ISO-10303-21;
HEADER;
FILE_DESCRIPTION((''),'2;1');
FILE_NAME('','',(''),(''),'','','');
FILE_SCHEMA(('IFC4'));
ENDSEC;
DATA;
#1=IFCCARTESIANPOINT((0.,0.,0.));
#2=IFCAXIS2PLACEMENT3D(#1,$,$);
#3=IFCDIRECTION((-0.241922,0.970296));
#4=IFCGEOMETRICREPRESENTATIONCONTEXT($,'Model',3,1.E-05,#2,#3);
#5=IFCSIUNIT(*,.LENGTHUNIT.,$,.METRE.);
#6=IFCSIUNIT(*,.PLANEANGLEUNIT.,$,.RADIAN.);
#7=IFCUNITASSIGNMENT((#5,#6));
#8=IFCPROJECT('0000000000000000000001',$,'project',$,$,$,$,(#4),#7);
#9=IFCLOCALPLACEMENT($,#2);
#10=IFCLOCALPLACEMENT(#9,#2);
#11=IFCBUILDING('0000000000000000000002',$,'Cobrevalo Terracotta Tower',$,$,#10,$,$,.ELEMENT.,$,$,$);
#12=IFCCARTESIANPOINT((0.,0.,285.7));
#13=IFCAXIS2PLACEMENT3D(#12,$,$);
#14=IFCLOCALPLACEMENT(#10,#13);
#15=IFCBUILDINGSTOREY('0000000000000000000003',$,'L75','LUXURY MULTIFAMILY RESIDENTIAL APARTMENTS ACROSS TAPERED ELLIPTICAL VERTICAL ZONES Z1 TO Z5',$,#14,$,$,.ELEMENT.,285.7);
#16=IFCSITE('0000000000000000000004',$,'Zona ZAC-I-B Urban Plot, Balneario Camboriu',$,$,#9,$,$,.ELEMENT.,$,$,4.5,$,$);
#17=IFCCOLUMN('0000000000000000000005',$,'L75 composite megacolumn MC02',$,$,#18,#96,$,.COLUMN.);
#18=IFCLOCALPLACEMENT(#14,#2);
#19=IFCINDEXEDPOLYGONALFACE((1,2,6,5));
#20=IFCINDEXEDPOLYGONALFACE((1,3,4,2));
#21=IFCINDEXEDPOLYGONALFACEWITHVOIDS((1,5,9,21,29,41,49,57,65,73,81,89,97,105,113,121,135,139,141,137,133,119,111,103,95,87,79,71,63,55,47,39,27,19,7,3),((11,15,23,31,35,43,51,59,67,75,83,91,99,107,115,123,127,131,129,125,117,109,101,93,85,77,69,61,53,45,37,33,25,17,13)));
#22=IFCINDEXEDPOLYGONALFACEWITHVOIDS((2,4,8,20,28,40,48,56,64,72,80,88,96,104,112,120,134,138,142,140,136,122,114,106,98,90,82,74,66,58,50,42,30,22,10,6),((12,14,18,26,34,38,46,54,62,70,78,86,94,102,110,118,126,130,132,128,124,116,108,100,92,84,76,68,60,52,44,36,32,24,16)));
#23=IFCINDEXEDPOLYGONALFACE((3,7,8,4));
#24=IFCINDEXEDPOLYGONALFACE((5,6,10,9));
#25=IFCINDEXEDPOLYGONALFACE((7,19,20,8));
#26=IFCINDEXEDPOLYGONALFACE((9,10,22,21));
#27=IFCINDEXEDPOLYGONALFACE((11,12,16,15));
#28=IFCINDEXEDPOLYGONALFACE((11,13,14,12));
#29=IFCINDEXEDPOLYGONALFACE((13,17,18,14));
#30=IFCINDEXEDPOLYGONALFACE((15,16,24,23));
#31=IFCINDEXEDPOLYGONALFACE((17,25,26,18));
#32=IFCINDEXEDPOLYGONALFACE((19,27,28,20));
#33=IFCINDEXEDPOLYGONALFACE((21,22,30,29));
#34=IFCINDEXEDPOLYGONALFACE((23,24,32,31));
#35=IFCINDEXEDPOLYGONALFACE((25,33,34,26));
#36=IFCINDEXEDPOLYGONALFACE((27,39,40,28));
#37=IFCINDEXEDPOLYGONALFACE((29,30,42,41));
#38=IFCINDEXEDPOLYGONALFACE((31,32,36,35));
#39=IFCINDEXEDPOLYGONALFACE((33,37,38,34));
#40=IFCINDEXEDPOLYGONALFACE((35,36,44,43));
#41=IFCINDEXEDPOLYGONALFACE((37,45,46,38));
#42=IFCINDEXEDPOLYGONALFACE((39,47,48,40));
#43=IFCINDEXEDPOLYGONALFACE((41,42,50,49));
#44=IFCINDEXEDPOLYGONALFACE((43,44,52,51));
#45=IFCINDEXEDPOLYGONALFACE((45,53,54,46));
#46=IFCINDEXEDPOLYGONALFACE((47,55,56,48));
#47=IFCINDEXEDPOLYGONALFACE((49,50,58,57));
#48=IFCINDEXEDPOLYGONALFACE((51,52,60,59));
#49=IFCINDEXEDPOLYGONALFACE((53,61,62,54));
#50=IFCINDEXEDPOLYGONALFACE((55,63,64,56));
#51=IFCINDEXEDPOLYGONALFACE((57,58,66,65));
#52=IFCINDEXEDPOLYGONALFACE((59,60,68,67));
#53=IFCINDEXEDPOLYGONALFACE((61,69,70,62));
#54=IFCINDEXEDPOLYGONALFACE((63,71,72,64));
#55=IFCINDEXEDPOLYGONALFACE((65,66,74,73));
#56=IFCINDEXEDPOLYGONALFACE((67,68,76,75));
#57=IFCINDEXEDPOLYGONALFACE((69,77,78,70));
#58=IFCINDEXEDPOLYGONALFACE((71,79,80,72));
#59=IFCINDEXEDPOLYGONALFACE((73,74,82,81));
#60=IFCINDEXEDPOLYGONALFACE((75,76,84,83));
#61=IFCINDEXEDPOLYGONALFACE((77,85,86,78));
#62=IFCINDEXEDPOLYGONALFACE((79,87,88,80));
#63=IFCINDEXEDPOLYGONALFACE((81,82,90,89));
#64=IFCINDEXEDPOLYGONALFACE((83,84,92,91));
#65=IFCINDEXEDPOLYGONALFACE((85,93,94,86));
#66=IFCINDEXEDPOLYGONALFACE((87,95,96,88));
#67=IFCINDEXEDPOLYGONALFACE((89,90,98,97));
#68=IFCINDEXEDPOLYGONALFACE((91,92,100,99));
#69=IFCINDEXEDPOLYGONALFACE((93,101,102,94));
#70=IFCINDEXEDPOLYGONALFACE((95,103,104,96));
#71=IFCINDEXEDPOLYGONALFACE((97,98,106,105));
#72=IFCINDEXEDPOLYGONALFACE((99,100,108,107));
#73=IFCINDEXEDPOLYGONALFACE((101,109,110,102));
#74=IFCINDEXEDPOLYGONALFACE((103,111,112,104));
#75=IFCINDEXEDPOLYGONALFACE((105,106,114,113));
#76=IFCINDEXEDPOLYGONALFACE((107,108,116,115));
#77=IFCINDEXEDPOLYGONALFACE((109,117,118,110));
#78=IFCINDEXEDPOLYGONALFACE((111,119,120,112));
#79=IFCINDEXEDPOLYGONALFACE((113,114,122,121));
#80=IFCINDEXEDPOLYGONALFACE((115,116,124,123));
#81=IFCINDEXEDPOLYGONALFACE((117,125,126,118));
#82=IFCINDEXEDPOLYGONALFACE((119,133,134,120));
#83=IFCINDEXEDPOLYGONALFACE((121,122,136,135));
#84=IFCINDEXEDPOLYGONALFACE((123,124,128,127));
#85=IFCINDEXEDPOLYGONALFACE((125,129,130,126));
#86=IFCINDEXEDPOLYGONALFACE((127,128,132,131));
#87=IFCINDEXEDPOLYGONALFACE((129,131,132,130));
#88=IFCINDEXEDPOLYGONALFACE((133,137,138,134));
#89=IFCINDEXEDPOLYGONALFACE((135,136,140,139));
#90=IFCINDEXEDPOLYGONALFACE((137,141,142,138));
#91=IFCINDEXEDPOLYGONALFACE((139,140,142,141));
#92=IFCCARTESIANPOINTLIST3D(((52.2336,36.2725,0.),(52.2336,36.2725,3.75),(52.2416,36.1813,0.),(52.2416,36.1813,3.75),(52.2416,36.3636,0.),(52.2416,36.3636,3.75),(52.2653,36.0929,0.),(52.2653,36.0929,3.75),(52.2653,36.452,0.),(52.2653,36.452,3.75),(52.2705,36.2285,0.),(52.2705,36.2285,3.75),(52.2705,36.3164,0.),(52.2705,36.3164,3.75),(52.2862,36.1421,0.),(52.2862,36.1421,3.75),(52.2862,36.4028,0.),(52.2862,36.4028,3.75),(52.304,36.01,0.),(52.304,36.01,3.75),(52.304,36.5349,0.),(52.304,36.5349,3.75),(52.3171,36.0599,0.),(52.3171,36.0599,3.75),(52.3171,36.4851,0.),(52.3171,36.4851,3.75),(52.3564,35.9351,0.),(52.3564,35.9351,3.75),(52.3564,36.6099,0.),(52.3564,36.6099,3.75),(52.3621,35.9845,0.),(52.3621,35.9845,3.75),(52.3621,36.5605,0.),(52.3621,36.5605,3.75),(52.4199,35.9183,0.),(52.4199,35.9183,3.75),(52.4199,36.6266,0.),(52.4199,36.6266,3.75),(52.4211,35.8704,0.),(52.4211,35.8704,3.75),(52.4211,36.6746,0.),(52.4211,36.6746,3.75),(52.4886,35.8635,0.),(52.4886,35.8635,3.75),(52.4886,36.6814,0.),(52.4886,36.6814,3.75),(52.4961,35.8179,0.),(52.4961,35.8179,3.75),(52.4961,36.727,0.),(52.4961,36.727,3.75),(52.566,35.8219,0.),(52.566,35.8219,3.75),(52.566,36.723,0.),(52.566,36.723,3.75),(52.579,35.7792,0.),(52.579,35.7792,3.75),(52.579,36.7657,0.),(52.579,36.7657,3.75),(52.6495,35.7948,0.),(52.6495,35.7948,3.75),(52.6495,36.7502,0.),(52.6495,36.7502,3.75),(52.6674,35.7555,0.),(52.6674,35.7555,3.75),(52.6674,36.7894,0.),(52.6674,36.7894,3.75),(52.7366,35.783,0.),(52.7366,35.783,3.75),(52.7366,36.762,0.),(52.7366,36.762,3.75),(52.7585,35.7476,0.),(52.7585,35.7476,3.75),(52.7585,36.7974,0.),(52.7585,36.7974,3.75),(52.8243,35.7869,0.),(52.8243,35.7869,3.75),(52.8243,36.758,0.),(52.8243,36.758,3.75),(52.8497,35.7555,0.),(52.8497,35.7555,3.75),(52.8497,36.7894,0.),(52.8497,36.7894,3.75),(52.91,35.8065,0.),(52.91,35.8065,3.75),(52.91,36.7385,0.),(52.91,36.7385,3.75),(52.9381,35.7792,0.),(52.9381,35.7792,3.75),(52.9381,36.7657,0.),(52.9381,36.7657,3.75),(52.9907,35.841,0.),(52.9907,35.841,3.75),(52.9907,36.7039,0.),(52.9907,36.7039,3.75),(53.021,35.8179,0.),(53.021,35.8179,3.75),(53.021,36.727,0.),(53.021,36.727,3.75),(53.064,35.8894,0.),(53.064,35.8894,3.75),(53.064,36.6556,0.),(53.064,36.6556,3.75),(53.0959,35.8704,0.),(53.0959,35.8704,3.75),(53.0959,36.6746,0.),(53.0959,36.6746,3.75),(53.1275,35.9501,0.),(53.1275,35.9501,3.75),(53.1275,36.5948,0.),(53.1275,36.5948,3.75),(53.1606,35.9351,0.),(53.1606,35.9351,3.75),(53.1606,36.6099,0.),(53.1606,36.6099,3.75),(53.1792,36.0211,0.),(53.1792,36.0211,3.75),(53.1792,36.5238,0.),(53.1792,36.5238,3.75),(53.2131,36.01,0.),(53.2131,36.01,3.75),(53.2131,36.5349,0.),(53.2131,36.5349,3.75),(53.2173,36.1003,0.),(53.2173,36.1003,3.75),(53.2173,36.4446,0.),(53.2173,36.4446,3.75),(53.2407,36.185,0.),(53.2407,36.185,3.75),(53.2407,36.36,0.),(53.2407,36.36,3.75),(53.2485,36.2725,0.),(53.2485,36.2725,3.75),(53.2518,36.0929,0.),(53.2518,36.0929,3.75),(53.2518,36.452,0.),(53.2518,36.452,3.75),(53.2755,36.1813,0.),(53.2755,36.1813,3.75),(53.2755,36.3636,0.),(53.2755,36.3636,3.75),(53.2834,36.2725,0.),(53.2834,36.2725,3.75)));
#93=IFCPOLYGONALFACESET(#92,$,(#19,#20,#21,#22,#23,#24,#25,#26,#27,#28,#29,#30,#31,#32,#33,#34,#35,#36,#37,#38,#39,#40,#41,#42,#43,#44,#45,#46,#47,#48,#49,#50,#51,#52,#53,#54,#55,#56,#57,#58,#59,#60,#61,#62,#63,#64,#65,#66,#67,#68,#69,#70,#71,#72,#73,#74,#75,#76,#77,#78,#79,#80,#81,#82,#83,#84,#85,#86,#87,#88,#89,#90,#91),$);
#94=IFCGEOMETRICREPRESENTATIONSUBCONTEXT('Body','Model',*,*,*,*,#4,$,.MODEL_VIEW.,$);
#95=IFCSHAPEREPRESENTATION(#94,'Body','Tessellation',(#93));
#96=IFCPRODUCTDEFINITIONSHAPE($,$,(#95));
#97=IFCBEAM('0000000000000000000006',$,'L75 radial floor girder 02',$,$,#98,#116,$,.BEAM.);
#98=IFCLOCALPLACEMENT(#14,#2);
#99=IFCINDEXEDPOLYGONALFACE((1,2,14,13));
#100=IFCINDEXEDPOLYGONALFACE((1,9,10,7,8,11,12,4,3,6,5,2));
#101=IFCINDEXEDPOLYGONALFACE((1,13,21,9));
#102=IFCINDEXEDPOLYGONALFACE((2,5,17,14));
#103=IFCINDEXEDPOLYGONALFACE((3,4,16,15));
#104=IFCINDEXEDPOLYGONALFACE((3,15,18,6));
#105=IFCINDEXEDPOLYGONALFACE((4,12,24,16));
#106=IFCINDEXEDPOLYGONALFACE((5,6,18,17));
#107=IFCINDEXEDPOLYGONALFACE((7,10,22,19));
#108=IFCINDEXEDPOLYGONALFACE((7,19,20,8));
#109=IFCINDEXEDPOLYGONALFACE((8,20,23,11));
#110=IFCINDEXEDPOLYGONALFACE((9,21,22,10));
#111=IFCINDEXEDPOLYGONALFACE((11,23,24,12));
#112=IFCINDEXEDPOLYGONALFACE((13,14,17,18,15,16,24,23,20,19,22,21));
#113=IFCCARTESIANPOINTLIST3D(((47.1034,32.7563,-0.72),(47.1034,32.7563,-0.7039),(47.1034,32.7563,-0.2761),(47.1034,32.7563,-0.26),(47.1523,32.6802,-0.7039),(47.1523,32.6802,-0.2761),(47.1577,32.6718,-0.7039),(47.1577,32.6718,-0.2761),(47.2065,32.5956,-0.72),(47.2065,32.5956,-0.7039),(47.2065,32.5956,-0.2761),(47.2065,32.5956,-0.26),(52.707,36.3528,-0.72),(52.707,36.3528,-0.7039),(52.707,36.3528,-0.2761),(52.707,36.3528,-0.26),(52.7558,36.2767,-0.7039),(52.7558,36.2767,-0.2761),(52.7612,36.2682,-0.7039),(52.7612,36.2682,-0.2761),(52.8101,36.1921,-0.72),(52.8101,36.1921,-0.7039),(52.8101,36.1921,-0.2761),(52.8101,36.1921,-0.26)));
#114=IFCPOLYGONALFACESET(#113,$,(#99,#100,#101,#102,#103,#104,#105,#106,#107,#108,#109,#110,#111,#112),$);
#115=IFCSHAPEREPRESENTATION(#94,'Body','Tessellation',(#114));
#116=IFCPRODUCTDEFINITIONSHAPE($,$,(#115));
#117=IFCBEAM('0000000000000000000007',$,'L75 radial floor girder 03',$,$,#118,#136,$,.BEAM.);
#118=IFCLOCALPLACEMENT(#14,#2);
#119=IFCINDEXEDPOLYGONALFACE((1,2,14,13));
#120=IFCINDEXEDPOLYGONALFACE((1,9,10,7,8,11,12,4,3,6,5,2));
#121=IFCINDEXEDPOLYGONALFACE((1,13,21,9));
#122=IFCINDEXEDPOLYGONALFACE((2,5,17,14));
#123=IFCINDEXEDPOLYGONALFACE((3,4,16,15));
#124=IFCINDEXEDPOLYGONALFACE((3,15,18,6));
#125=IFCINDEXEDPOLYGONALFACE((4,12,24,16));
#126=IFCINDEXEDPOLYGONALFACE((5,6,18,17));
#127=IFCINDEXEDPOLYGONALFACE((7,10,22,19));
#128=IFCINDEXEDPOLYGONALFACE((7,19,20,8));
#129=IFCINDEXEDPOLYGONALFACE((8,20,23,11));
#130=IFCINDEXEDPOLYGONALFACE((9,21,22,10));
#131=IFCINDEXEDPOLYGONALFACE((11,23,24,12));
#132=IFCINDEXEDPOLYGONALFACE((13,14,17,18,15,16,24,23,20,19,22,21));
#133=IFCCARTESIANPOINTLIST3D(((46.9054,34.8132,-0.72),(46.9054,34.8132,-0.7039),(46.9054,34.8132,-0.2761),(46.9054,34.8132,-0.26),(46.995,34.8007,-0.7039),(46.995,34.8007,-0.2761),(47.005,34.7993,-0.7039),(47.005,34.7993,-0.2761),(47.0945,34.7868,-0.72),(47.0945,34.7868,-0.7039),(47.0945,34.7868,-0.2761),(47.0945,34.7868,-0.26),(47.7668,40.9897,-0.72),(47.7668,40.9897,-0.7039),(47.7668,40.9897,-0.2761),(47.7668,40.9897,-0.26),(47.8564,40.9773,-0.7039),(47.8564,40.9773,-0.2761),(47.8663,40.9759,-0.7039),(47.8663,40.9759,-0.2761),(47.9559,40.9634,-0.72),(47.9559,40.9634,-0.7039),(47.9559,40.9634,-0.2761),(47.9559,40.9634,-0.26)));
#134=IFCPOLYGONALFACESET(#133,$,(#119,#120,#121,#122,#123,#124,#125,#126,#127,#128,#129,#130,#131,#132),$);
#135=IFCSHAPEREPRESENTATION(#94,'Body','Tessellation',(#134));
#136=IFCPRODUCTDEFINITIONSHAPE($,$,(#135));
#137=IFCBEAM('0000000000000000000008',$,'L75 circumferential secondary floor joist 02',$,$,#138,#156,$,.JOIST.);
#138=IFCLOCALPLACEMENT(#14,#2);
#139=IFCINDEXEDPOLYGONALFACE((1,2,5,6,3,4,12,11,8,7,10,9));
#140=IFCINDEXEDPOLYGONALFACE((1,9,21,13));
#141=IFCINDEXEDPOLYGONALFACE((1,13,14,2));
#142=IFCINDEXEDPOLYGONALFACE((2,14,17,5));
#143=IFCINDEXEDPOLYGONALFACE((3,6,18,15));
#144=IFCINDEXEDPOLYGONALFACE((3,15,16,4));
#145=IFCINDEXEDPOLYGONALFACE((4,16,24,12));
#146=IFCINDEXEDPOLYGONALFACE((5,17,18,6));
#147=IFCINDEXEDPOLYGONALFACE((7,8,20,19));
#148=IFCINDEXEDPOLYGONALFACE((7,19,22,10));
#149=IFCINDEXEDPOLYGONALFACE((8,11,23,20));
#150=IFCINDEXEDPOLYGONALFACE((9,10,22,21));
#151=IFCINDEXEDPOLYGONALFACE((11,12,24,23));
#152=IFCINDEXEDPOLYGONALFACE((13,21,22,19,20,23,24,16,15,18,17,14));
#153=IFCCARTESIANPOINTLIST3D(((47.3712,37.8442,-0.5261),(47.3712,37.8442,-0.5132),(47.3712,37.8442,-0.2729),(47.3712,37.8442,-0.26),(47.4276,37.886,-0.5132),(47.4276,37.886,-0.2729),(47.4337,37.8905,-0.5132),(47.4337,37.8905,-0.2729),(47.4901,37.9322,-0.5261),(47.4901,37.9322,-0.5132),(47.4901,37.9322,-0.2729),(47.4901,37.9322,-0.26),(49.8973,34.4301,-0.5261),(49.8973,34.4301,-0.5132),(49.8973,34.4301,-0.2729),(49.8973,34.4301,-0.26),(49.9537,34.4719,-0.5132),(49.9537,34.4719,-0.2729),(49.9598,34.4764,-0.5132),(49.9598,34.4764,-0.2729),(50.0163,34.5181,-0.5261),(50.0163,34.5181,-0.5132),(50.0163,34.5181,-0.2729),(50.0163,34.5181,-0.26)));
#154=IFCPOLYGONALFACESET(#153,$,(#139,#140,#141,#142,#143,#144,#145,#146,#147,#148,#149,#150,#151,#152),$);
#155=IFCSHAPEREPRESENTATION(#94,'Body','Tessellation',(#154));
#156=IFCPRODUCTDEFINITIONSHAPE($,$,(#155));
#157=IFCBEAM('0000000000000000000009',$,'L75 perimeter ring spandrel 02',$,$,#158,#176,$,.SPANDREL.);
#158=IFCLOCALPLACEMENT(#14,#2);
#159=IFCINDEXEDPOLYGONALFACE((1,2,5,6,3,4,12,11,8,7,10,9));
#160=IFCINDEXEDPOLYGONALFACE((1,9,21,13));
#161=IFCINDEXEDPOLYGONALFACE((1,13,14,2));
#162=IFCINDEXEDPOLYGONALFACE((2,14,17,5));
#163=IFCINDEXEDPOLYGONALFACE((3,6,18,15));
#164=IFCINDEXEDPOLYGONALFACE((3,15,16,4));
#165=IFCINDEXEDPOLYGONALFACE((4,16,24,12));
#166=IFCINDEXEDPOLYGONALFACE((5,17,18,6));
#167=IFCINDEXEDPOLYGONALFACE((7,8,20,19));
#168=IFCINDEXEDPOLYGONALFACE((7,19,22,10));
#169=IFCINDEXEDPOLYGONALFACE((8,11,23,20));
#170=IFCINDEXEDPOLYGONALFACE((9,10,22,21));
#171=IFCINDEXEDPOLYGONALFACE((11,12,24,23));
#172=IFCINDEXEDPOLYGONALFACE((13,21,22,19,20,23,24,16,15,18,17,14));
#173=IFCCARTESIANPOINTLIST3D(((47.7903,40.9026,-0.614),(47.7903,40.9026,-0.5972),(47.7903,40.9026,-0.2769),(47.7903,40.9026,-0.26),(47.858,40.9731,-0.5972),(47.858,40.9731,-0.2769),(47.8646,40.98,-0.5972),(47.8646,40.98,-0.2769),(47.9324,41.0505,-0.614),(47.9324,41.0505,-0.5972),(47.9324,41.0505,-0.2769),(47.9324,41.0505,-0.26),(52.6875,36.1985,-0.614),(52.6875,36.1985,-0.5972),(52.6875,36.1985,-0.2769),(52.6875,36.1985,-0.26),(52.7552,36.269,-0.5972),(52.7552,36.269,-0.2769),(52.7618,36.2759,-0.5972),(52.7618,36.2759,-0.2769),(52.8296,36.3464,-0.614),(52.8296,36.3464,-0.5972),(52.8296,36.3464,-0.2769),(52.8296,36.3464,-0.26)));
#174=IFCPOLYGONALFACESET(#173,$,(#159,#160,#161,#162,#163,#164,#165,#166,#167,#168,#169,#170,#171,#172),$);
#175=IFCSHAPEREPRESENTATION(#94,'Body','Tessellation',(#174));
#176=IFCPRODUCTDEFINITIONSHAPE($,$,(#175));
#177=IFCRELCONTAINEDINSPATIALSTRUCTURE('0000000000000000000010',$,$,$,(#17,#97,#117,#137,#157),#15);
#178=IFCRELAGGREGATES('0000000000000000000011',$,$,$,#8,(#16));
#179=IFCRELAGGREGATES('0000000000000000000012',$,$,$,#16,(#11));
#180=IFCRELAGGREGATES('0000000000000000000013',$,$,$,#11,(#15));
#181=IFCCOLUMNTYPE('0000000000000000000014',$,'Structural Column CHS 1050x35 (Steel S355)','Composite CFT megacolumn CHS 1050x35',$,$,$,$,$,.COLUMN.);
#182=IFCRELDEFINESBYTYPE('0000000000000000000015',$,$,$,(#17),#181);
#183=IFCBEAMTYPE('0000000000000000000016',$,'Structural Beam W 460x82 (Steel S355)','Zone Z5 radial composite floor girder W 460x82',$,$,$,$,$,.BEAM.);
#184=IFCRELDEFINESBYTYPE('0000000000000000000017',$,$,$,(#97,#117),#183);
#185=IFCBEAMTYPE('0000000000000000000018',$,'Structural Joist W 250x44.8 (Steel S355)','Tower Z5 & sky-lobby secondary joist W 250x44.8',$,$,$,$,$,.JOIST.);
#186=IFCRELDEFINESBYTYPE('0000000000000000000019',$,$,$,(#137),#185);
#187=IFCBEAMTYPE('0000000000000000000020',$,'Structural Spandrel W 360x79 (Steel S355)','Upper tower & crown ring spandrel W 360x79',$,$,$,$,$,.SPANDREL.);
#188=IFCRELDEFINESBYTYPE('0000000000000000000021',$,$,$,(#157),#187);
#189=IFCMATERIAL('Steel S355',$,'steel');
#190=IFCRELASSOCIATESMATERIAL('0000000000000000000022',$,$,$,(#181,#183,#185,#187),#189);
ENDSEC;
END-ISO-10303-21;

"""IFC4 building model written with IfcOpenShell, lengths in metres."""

from ifc_helpers import new_model, si_unit, direction, frame, origin, origin_2d, place, context, subcontext, project, spatial, hollow_circle, i_section, extrude, material, material_profile, profile_set, type_object, element, save


model = new_model("IFC4")

# Units and contexts
model_context = context("Model", 3, precision=1e-05, world=origin(), true_north=direction((-0.241922, 0.970296)))
body_context = subcontext(model_context, "Body", "Model", "MODEL_VIEW")
ifc_project = project(units=[si_unit("LENGTHUNIT", "METRE"), si_unit("PLANEANGLEUNIT", "RADIAN")], contexts=[model_context])

# Site, building, storey
site_placement = place(None, origin())
site = spatial("IfcSite", under=ifc_project, at=site_placement, Name="Zona ZAC-I-B Urban Plot, Balneario Camboriu", CompositionType="ELEMENT", RefElevation=4.5)
building_placement = place(site_placement, origin())
building = spatial("IfcBuilding", under=site, at=building_placement, Name="Cobrevalo Terracotta Tower", CompositionType="ELEMENT")
storey_placement = place(building_placement, frame((0.0, 0.0, 285.7)))
storey = spatial("IfcBuildingStorey", under=building, at=storey_placement, Name="L75", Description="LUXURY MULTIFAMILY RESIDENTIAL APARTMENTS ACROSS TAPERED ELLIPTICAL VERTICAL ZONES Z1 TO Z5", CompositionType="ELEMENT", Elevation=285.7)

# Column
ifc_material_1 = material(Name="Steel S355", Category="steel")
ifc_material_profile_1 = material_profile(ifc_material_1, hollow_circle(Radius=0.5249, WallThickness=0.0349, at=origin_2d()), Name="CHS 1050x35")
ifc_profile_set_1 = profile_set([ifc_material_profile_1], Name="Steel S355")
column_type = type_object("IfcColumnType", Name="Structural Column CHS 1050x35 (Steel S355)", Description="Composite CFT megacolumn CHS 1050x35", PredefinedType="COLUMN", material=ifc_profile_set_1)
column_placement = place(storey_placement, frame((52.7585, 36.2725, 0.0), z_axis=(0.0, 0.0, 1.0), x_axis=(1.0, 0.0, 0.0)))
element("IfcColumn", 1, at=column_placement, inside=storey, type_object=column_type, Name="L75 composite megacolumn MC02", PredefinedType="COLUMN", context=body_context, shape_type="SweptSolid", body=[
    extrude(hollow_circle(Radius=0.5249, WallThickness=0.0349, at=origin_2d()), origin(), (0.0, 0.0, 1.0), 3.75),
])

# Beams
ifc_material_profile_2 = material_profile(ifc_material_1, i_section(OverallWidth=0.1909, OverallDepth=0.46, WebThickness=0.01, FlangeThickness=0.0161, at=origin_2d()), Name="W 460x82")
ifc_profile_set_2 = profile_set([ifc_material_profile_2], Name="Steel S355")
beam_type_1 = type_object("IfcBeamType", Name="Structural Beam W 460x82 (Steel S355)", Description="Zone Z5 radial composite floor girder W 460x82", PredefinedType="BEAM", material=ifc_profile_set_2)
beam_1_placement = place(storey_placement, frame((52.7585, 36.2725, -0.49), z_axis=(-0.841576, -0.540138, 0.0), x_axis=(0.540138, -0.841576, 0.0)))
element("IfcBeam", 2, at=beam_1_placement, inside=storey, type_object=beam_type_1, Name="L75 radial floor girder 02", PredefinedType="BEAM", context=body_context, shape_type="SweptSolid", body=[
    extrude(i_section(OverallWidth=0.1909, OverallDepth=0.46, WebThickness=0.01, FlangeThickness=0.0161, at=origin_2d()), origin(), (0.0, 0.0, 1.0), 6.6584),
])
beam_2_placement = place(storey_placement, frame((47.8613, 40.9766, -0.49), z_axis=(-0.138116, -0.990416, 0.0), x_axis=(0.990416, -0.138116, 0.0)))
element("IfcBeam", 3, at=beam_2_placement, inside=storey, type_object=beam_type_1, Name="L75 radial floor girder 03", PredefinedType="BEAM", context=body_context, shape_type="SweptSolid", body=[
    extrude(i_section(OverallWidth=0.1909, OverallDepth=0.46, WebThickness=0.01, FlangeThickness=0.0161, at=origin_2d()), origin(), (0.0, 0.0, 1.0), 6.2363),
])
ifc_material_profile_3 = material_profile(ifc_material_1, i_section(OverallWidth=0.1479, OverallDepth=0.2661, WebThickness=0.0076, FlangeThickness=0.0129, at=origin_2d()), Name="W 250x44.8")
ifc_profile_set_3 = profile_set([ifc_material_profile_3], Name="Steel S355")
beam_type_2 = type_object("IfcBeamType", Name="Structural Joist W 250x44.8 (Steel S355)", Description="Tower Z5 & sky-lobby secondary joist W 250x44.8", PredefinedType="JOIST", material=ifc_profile_set_3)
beam_3_placement = place(storey_placement, frame((49.9568, 34.4741, -0.3931), z_axis=(-0.5948, 0.803874, 0.0), x_axis=(-0.803874, -0.5948, 0.0)))
element("IfcBeam", 4, at=beam_3_placement, inside=storey, type_object=beam_type_2, Name="L75 circumferential secondary floor joist 02", PredefinedType="JOIST", context=body_context, shape_type="SweptSolid", body=[
    extrude(i_section(OverallWidth=0.1479, OverallDepth=0.2661, WebThickness=0.0076, FlangeThickness=0.0129, at=origin_2d()), origin(), (0.0, 0.0, 1.0), 4.2471),
])
ifc_material_profile_4 = material_profile(ifc_material_1, i_section(OverallWidth=0.2051, OverallDepth=0.354, WebThickness=0.0095, FlangeThickness=0.0168, at=origin_2d()), Name="W 360x79")
ifc_profile_set_4 = profile_set([ifc_material_profile_4], Name="Steel S355")
beam_type_3 = type_object("IfcBeamType", Name="Structural Spandrel W 360x79 (Steel S355)", Description="Upper tower & crown ring spandrel W 360x79", PredefinedType="SPANDREL", material=ifc_profile_set_4)
beam_4_placement = place(storey_placement, frame((52.7585, 36.2725, -0.437), z_axis=(-0.721183, 0.692744, 0.0), x_axis=(-0.692744, -0.721183, 0.0)))
element("IfcBeam", 5, at=beam_4_placement, inside=storey, type_object=beam_type_3, Name="L75 perimeter ring spandrel 02", PredefinedType="SPANDREL", context=body_context, shape_type="SweptSolid", body=[
    extrude(i_section(OverallWidth=0.2051, OverallDepth=0.354, WebThickness=0.0095, FlangeThickness=0.0168, at=origin_2d()), origin(), (0.0, 0.0, 1.0), 6.7905),
])

save(model, "model.ifc")
